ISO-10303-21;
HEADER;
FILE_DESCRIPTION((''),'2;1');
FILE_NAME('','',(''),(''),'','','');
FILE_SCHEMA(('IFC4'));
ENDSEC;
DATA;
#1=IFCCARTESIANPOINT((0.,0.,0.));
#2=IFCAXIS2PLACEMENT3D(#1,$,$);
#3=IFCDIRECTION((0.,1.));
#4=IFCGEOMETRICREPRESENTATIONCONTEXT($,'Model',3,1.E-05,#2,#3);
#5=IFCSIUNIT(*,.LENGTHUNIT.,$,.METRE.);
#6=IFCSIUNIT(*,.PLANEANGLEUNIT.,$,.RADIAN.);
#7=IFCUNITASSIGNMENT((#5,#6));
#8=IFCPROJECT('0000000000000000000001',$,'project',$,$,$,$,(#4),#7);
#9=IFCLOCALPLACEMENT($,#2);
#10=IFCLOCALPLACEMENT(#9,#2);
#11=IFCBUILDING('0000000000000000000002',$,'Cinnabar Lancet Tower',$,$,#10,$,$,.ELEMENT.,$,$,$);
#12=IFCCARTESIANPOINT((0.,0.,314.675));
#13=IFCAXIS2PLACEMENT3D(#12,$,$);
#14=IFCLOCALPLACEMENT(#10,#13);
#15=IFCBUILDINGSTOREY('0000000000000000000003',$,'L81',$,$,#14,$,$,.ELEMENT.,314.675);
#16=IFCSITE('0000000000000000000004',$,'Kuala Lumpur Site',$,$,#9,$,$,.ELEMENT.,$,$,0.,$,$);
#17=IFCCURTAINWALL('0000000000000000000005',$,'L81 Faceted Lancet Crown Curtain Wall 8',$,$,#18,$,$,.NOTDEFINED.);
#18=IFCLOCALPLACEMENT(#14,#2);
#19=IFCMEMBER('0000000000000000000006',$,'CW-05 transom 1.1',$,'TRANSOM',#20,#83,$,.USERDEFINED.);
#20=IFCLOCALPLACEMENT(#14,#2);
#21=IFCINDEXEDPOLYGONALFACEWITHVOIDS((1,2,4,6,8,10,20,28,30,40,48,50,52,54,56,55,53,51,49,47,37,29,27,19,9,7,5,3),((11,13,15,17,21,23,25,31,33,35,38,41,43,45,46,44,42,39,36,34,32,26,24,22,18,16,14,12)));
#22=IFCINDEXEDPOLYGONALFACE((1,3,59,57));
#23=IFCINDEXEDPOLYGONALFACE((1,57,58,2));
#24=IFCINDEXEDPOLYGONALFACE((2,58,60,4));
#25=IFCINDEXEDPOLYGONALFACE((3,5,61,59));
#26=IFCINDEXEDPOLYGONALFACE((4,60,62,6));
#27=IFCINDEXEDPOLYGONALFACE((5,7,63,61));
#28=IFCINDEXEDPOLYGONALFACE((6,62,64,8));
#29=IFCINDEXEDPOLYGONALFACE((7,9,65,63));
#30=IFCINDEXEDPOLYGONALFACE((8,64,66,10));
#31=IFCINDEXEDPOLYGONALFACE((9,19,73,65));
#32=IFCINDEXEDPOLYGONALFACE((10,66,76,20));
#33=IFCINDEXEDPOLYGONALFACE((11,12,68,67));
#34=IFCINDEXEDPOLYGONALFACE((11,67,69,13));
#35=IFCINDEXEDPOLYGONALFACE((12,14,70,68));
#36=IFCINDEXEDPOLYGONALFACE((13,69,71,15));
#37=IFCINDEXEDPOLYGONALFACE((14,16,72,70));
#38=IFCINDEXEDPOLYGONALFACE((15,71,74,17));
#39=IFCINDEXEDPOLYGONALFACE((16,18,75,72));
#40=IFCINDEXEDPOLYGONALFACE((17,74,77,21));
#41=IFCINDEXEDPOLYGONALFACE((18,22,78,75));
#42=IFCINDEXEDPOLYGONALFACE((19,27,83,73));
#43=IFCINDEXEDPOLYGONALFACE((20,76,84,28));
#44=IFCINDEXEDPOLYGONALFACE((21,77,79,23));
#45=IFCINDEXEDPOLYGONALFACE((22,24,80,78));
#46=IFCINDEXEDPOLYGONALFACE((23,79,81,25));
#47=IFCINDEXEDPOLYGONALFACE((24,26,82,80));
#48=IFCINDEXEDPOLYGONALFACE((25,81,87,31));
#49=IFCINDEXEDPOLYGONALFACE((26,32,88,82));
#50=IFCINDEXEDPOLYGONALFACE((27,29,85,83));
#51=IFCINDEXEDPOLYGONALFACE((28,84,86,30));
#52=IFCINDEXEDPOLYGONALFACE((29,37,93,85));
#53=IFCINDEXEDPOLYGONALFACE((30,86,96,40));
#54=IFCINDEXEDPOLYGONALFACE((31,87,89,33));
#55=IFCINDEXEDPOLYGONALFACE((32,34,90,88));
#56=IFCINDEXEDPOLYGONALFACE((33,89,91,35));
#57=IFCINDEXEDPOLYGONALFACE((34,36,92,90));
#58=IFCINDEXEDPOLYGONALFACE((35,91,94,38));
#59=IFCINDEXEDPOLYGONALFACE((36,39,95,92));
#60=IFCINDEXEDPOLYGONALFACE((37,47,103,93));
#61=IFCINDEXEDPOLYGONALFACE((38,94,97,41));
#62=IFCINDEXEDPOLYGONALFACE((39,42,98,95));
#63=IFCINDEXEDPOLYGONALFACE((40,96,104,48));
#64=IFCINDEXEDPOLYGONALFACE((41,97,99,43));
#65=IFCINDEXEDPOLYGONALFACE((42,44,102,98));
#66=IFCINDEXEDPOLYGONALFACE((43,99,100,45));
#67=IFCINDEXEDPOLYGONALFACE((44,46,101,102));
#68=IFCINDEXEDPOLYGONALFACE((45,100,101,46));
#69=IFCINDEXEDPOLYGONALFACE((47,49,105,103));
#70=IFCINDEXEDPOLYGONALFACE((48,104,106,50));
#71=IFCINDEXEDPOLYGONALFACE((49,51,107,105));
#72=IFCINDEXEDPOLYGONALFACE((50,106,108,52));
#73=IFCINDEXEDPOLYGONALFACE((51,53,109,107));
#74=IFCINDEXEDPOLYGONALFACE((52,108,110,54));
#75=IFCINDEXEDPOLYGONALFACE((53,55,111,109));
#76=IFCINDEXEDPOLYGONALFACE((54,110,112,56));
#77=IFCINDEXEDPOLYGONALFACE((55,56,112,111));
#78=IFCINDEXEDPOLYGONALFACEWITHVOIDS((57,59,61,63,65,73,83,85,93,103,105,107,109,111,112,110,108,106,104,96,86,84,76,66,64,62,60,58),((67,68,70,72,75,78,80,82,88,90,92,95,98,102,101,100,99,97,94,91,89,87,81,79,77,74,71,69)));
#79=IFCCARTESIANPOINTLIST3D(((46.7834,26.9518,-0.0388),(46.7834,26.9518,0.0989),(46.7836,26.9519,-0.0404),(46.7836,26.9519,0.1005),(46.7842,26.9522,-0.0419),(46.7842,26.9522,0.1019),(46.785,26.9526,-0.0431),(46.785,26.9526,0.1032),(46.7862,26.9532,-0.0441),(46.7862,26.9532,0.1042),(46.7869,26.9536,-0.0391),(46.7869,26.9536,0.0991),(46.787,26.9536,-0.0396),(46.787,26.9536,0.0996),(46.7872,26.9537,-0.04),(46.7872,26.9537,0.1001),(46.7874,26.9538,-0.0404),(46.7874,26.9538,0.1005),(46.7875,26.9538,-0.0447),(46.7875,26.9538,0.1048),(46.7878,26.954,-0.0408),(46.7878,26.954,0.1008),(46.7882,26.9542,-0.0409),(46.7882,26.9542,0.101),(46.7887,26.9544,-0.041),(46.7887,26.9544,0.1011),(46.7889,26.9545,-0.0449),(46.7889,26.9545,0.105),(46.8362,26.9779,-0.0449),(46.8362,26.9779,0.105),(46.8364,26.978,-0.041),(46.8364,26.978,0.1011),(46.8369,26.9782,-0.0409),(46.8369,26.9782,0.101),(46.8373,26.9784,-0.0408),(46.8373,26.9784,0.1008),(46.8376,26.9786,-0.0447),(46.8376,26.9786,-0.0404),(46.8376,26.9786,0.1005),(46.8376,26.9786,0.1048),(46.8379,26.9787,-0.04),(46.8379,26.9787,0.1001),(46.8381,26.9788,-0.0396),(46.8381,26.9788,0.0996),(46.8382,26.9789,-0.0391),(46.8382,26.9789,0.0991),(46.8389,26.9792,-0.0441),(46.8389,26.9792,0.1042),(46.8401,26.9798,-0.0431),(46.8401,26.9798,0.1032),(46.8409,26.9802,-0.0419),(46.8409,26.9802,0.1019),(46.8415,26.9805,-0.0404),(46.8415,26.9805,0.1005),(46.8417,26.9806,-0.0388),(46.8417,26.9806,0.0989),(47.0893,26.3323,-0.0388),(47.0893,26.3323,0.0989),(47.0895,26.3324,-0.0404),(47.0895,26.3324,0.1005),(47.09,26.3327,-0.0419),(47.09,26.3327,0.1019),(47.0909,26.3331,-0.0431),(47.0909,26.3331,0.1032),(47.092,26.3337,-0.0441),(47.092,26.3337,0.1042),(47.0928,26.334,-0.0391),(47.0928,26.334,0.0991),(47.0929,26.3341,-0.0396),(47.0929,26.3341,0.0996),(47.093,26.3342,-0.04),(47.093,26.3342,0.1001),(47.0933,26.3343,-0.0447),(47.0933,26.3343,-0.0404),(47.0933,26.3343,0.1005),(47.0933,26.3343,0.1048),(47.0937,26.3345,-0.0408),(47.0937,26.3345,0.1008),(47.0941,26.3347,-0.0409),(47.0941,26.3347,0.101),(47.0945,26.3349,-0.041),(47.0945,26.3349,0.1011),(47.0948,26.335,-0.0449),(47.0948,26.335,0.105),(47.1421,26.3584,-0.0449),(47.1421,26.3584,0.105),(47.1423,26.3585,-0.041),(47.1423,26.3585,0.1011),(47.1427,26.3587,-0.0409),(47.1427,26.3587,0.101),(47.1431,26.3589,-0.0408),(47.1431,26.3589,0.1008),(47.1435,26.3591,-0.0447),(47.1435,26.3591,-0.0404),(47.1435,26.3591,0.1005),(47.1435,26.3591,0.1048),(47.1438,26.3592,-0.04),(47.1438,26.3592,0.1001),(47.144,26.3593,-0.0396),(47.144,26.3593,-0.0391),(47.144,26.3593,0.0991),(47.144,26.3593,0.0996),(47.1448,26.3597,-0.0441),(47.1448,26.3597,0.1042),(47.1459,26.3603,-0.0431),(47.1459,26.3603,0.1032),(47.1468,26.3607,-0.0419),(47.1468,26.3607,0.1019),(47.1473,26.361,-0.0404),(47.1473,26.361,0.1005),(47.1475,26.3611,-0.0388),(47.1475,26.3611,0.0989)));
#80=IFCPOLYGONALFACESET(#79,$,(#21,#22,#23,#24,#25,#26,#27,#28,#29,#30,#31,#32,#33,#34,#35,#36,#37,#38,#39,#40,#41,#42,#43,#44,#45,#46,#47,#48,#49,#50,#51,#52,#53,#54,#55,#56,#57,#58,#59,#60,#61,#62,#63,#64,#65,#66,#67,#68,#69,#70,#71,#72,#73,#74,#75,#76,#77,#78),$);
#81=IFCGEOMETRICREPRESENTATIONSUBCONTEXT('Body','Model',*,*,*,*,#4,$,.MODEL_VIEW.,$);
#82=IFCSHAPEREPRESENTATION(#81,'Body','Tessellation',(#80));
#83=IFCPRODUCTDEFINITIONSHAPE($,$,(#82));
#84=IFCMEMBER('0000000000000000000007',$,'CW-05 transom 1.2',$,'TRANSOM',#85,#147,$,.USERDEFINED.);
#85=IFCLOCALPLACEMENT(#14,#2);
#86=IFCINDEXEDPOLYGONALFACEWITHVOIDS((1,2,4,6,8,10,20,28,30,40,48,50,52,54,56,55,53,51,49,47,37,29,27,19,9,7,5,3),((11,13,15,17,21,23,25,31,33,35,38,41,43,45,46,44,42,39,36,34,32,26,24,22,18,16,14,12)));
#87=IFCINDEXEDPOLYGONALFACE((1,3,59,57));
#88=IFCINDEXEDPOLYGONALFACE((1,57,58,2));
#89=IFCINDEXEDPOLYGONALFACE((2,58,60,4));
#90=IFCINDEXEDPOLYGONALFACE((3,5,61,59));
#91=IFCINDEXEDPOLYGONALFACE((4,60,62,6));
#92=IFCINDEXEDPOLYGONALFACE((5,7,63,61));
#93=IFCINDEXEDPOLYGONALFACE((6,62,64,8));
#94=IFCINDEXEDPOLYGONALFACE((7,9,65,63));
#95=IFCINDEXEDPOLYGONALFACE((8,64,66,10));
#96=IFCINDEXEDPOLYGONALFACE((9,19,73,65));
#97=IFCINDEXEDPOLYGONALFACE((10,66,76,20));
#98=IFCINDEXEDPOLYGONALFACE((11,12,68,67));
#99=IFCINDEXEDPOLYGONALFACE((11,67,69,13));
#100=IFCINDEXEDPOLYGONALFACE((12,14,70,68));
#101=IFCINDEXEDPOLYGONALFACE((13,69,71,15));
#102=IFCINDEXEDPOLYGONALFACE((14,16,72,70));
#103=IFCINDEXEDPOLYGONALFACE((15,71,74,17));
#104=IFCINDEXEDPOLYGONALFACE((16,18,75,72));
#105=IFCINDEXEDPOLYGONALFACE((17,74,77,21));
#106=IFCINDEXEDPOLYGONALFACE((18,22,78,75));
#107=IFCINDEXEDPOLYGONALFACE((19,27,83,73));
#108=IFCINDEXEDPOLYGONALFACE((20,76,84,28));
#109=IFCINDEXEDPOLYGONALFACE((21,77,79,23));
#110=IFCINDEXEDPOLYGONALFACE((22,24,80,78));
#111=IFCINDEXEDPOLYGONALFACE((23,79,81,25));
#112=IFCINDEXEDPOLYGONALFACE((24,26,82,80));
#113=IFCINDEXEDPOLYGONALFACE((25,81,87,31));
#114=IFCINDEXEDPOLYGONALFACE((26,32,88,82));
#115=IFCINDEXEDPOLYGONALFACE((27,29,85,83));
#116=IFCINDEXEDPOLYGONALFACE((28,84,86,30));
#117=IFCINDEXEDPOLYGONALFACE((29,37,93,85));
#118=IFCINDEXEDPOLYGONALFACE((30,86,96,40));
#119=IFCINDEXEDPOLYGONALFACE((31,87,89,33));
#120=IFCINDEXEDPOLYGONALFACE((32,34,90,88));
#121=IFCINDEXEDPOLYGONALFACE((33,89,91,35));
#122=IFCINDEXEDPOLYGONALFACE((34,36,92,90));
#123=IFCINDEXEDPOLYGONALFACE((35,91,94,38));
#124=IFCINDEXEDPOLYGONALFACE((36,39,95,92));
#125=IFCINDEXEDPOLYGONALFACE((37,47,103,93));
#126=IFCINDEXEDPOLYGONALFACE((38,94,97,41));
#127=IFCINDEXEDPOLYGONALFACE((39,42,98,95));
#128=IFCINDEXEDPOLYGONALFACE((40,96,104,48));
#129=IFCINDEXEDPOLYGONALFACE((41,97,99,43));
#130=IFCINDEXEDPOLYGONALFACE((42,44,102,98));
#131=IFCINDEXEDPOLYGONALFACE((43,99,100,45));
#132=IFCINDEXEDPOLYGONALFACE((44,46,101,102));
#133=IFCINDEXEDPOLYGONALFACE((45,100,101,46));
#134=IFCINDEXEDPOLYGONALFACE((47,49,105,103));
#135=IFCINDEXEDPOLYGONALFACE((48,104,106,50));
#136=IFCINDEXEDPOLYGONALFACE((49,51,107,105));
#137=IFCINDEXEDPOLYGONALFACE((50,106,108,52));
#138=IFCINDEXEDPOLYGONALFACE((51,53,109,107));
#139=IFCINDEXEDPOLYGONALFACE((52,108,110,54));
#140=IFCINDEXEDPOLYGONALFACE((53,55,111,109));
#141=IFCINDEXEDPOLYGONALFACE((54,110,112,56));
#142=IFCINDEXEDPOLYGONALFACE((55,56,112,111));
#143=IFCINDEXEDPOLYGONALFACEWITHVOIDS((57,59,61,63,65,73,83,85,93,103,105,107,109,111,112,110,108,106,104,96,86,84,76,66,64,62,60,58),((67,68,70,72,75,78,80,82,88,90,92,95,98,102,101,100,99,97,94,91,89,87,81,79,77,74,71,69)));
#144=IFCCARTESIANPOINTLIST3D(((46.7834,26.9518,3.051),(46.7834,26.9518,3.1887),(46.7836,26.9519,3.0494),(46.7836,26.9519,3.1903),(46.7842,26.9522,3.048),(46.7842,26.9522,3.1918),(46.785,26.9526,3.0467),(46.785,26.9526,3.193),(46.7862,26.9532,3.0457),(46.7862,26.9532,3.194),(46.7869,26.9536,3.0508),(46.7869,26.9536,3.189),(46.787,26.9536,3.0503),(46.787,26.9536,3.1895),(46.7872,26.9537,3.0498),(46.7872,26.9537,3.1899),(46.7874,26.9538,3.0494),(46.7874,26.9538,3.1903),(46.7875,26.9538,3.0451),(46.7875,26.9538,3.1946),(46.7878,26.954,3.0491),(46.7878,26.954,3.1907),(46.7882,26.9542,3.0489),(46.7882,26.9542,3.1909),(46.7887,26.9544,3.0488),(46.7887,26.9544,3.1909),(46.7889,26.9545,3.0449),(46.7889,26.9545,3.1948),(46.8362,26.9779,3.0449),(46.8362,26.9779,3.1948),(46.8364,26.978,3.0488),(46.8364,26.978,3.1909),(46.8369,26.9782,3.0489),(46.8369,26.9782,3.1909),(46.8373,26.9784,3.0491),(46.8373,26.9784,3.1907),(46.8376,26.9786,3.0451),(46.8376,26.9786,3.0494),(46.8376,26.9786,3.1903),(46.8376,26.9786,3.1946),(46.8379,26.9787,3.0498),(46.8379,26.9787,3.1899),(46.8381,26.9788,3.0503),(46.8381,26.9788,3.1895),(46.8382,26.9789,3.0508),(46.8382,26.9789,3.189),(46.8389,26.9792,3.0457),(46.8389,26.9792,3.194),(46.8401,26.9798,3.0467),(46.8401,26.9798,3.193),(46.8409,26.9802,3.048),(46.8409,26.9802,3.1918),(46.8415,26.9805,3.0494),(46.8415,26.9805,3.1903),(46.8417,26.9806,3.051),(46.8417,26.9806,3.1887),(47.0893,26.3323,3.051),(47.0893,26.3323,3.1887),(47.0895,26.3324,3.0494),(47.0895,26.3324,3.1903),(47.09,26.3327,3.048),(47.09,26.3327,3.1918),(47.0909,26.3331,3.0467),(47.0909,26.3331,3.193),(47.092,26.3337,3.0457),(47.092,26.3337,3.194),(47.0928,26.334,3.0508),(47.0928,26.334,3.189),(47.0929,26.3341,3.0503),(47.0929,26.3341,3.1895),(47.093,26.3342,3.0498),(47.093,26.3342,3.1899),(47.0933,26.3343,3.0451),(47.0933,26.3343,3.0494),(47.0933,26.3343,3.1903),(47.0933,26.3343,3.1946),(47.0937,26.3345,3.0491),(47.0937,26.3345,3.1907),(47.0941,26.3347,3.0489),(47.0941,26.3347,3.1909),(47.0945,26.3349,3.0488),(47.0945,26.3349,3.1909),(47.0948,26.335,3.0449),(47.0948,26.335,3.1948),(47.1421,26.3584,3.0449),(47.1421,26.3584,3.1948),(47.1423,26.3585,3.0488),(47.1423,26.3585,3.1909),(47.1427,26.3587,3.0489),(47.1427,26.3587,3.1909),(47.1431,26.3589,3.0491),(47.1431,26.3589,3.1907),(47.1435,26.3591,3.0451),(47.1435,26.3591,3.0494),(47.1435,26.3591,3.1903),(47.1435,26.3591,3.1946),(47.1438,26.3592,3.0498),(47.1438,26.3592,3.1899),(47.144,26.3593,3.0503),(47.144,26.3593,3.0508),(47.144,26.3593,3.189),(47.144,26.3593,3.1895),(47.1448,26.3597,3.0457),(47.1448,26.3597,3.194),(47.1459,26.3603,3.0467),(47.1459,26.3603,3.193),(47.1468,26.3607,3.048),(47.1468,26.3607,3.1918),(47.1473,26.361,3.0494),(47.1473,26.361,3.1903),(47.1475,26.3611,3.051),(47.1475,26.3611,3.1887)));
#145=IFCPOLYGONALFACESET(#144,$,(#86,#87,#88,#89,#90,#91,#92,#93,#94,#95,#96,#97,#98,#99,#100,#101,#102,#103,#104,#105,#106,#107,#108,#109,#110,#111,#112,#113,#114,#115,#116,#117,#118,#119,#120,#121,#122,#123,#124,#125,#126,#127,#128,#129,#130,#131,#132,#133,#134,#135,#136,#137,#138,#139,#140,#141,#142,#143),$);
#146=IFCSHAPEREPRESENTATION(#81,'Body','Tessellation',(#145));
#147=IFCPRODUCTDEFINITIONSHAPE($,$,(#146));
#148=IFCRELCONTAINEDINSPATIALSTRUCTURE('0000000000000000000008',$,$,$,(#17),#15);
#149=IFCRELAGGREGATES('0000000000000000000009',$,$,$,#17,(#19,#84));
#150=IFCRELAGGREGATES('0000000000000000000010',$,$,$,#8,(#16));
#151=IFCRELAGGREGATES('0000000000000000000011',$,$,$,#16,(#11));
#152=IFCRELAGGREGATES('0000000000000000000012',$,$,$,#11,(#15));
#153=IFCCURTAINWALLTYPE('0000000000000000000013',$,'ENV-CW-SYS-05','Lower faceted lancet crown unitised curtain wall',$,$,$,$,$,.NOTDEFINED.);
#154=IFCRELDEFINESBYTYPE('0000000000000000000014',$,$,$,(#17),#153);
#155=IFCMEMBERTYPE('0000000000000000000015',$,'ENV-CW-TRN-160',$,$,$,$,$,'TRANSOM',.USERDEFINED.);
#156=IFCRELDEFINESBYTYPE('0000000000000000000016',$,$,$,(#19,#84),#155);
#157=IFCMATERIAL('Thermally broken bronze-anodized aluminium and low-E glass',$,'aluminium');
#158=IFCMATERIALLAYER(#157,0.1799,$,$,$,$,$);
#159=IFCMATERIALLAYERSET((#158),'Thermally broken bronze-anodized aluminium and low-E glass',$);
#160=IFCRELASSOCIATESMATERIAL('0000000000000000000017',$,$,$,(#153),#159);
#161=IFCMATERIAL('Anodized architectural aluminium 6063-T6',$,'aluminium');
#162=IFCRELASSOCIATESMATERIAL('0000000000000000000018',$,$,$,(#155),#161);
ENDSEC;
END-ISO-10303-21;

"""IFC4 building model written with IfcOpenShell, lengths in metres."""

from ifc_helpers import new_model, si_unit, direction, frame, origin, origin_2d, place, context, subcontext, project, spatial, hollow_rectangle, extrude, material, layer, layer_set, material_profile, profile_set, type_object, element, aggregate, save


model = new_model("IFC4")

# Units and contexts
model_context = context("Model", 3, precision=1e-05, world=origin(), true_north=direction((0.0, 1.0)))
body_context = subcontext(model_context, "Body", "Model", "MODEL_VIEW")
ifc_project = project(units=[si_unit("LENGTHUNIT", "METRE"), si_unit("PLANEANGLEUNIT", "RADIAN")], contexts=[model_context])

# Site, building, storey
site_placement = place(None, origin())
site = spatial("IfcSite", under=ifc_project, at=site_placement, Name="Kuala Lumpur Site", CompositionType="ELEMENT", RefElevation=0.0)
building_placement = place(site_placement, origin())
building = spatial("IfcBuilding", under=site, at=building_placement, Name="Cinnabar Lancet Tower", CompositionType="ELEMENT")
storey_placement = place(building_placement, frame((0.0, 0.0, 314.675)))
storey = spatial("IfcBuildingStorey", under=building, at=storey_placement, Name="L81", CompositionType="ELEMENT", Elevation=314.675)

# Shared definitions
ifc_material_1 = material(Name="Thermally broken bronze-anodized aluminium and low-E glass", Category="aluminium")
ifc_layer_1 = layer(ifc_material_1, 0.1799)
ifc_layer_set_1 = layer_set([ifc_layer_1], Name="Thermally broken bronze-anodized aluminium and low-E glass")
curtain_wall_type = type_object("IfcCurtainWallType", Name="ENV-CW-SYS-05", Description="Lower faceted lancet crown unitised curtain wall", PredefinedType="NOTDEFINED", material=ifc_layer_set_1)

# Curtain wall
curtain_wall_1_placement = place(storey_placement, origin())
curtain_wall_1 = element("IfcCurtainWall", 1, at=curtain_wall_1_placement, inside=storey, type_object=curtain_wall_type, Name="L81 Faceted Lancet Crown Curtain Wall 8", PredefinedType="NOTDEFINED")

# Members
ifc_material_2 = material(Name="Anodized architectural aluminium 6063-T6", Category="aluminium")
ifc_material_profile_1 = material_profile(ifc_material_2, hollow_rectangle(XDim=0.0649, YDim=0.1499, WallThickness=0.0039, InnerFilletRadius=0.002, OuterFilletRadius=0.0061, at=origin_2d()), Name="CW-TRN 150x65x4")
ifc_profile_set_1 = profile_set([ifc_material_profile_1], Name="Anodized architectural aluminium 6063-T6")
member_type_1 = type_object("IfcMemberType", Name="ENV-CW-TRN-160", ElementType="TRANSOM", PredefinedType="USERDEFINED", material=ifc_profile_set_1)
member_1_placement = place(storey_placement, frame((47.1184, 26.3467, 0.03), z_axis=(-0.442686, 0.896677, 0.0), x_axis=(-0.896677, -0.442686, 0.0)))
member_1 = element("IfcMember", 2, at=member_1_placement, type_object=member_type_1, Name="CW-05 transom 1.1", ObjectType="TRANSOM", PredefinedType="USERDEFINED", context=body_context, shape_type="SweptSolid", body=[
    extrude(hollow_rectangle(XDim=0.0649, YDim=0.1499, WallThickness=0.0039, InnerFilletRadius=0.002, OuterFilletRadius=0.0061, at=origin_2d()), origin(), (0.0, 0.0, 1.0), 0.6909),
])
member_2_placement = place(storey_placement, frame((47.1184, 26.3467, 3.1199), z_axis=(-0.442686, 0.896677, 0.0), x_axis=(-0.896677, -0.442686, 0.0)))
member_2 = element("IfcMember", 3, at=member_2_placement, type_object=member_type_1, Name="CW-05 transom 1.2", ObjectType="TRANSOM", PredefinedType="USERDEFINED", context=body_context, shape_type="SweptSolid", body=[
    extrude(hollow_rectangle(XDim=0.0649, YDim=0.1499, WallThickness=0.0039, InnerFilletRadius=0.002, OuterFilletRadius=0.0061, at=origin_2d()), origin(), (0.0, 0.0, 1.0), 0.6909),
])

aggregate(curtain_wall_1, [member_1, member_2])

save(model, "model.ifc")
